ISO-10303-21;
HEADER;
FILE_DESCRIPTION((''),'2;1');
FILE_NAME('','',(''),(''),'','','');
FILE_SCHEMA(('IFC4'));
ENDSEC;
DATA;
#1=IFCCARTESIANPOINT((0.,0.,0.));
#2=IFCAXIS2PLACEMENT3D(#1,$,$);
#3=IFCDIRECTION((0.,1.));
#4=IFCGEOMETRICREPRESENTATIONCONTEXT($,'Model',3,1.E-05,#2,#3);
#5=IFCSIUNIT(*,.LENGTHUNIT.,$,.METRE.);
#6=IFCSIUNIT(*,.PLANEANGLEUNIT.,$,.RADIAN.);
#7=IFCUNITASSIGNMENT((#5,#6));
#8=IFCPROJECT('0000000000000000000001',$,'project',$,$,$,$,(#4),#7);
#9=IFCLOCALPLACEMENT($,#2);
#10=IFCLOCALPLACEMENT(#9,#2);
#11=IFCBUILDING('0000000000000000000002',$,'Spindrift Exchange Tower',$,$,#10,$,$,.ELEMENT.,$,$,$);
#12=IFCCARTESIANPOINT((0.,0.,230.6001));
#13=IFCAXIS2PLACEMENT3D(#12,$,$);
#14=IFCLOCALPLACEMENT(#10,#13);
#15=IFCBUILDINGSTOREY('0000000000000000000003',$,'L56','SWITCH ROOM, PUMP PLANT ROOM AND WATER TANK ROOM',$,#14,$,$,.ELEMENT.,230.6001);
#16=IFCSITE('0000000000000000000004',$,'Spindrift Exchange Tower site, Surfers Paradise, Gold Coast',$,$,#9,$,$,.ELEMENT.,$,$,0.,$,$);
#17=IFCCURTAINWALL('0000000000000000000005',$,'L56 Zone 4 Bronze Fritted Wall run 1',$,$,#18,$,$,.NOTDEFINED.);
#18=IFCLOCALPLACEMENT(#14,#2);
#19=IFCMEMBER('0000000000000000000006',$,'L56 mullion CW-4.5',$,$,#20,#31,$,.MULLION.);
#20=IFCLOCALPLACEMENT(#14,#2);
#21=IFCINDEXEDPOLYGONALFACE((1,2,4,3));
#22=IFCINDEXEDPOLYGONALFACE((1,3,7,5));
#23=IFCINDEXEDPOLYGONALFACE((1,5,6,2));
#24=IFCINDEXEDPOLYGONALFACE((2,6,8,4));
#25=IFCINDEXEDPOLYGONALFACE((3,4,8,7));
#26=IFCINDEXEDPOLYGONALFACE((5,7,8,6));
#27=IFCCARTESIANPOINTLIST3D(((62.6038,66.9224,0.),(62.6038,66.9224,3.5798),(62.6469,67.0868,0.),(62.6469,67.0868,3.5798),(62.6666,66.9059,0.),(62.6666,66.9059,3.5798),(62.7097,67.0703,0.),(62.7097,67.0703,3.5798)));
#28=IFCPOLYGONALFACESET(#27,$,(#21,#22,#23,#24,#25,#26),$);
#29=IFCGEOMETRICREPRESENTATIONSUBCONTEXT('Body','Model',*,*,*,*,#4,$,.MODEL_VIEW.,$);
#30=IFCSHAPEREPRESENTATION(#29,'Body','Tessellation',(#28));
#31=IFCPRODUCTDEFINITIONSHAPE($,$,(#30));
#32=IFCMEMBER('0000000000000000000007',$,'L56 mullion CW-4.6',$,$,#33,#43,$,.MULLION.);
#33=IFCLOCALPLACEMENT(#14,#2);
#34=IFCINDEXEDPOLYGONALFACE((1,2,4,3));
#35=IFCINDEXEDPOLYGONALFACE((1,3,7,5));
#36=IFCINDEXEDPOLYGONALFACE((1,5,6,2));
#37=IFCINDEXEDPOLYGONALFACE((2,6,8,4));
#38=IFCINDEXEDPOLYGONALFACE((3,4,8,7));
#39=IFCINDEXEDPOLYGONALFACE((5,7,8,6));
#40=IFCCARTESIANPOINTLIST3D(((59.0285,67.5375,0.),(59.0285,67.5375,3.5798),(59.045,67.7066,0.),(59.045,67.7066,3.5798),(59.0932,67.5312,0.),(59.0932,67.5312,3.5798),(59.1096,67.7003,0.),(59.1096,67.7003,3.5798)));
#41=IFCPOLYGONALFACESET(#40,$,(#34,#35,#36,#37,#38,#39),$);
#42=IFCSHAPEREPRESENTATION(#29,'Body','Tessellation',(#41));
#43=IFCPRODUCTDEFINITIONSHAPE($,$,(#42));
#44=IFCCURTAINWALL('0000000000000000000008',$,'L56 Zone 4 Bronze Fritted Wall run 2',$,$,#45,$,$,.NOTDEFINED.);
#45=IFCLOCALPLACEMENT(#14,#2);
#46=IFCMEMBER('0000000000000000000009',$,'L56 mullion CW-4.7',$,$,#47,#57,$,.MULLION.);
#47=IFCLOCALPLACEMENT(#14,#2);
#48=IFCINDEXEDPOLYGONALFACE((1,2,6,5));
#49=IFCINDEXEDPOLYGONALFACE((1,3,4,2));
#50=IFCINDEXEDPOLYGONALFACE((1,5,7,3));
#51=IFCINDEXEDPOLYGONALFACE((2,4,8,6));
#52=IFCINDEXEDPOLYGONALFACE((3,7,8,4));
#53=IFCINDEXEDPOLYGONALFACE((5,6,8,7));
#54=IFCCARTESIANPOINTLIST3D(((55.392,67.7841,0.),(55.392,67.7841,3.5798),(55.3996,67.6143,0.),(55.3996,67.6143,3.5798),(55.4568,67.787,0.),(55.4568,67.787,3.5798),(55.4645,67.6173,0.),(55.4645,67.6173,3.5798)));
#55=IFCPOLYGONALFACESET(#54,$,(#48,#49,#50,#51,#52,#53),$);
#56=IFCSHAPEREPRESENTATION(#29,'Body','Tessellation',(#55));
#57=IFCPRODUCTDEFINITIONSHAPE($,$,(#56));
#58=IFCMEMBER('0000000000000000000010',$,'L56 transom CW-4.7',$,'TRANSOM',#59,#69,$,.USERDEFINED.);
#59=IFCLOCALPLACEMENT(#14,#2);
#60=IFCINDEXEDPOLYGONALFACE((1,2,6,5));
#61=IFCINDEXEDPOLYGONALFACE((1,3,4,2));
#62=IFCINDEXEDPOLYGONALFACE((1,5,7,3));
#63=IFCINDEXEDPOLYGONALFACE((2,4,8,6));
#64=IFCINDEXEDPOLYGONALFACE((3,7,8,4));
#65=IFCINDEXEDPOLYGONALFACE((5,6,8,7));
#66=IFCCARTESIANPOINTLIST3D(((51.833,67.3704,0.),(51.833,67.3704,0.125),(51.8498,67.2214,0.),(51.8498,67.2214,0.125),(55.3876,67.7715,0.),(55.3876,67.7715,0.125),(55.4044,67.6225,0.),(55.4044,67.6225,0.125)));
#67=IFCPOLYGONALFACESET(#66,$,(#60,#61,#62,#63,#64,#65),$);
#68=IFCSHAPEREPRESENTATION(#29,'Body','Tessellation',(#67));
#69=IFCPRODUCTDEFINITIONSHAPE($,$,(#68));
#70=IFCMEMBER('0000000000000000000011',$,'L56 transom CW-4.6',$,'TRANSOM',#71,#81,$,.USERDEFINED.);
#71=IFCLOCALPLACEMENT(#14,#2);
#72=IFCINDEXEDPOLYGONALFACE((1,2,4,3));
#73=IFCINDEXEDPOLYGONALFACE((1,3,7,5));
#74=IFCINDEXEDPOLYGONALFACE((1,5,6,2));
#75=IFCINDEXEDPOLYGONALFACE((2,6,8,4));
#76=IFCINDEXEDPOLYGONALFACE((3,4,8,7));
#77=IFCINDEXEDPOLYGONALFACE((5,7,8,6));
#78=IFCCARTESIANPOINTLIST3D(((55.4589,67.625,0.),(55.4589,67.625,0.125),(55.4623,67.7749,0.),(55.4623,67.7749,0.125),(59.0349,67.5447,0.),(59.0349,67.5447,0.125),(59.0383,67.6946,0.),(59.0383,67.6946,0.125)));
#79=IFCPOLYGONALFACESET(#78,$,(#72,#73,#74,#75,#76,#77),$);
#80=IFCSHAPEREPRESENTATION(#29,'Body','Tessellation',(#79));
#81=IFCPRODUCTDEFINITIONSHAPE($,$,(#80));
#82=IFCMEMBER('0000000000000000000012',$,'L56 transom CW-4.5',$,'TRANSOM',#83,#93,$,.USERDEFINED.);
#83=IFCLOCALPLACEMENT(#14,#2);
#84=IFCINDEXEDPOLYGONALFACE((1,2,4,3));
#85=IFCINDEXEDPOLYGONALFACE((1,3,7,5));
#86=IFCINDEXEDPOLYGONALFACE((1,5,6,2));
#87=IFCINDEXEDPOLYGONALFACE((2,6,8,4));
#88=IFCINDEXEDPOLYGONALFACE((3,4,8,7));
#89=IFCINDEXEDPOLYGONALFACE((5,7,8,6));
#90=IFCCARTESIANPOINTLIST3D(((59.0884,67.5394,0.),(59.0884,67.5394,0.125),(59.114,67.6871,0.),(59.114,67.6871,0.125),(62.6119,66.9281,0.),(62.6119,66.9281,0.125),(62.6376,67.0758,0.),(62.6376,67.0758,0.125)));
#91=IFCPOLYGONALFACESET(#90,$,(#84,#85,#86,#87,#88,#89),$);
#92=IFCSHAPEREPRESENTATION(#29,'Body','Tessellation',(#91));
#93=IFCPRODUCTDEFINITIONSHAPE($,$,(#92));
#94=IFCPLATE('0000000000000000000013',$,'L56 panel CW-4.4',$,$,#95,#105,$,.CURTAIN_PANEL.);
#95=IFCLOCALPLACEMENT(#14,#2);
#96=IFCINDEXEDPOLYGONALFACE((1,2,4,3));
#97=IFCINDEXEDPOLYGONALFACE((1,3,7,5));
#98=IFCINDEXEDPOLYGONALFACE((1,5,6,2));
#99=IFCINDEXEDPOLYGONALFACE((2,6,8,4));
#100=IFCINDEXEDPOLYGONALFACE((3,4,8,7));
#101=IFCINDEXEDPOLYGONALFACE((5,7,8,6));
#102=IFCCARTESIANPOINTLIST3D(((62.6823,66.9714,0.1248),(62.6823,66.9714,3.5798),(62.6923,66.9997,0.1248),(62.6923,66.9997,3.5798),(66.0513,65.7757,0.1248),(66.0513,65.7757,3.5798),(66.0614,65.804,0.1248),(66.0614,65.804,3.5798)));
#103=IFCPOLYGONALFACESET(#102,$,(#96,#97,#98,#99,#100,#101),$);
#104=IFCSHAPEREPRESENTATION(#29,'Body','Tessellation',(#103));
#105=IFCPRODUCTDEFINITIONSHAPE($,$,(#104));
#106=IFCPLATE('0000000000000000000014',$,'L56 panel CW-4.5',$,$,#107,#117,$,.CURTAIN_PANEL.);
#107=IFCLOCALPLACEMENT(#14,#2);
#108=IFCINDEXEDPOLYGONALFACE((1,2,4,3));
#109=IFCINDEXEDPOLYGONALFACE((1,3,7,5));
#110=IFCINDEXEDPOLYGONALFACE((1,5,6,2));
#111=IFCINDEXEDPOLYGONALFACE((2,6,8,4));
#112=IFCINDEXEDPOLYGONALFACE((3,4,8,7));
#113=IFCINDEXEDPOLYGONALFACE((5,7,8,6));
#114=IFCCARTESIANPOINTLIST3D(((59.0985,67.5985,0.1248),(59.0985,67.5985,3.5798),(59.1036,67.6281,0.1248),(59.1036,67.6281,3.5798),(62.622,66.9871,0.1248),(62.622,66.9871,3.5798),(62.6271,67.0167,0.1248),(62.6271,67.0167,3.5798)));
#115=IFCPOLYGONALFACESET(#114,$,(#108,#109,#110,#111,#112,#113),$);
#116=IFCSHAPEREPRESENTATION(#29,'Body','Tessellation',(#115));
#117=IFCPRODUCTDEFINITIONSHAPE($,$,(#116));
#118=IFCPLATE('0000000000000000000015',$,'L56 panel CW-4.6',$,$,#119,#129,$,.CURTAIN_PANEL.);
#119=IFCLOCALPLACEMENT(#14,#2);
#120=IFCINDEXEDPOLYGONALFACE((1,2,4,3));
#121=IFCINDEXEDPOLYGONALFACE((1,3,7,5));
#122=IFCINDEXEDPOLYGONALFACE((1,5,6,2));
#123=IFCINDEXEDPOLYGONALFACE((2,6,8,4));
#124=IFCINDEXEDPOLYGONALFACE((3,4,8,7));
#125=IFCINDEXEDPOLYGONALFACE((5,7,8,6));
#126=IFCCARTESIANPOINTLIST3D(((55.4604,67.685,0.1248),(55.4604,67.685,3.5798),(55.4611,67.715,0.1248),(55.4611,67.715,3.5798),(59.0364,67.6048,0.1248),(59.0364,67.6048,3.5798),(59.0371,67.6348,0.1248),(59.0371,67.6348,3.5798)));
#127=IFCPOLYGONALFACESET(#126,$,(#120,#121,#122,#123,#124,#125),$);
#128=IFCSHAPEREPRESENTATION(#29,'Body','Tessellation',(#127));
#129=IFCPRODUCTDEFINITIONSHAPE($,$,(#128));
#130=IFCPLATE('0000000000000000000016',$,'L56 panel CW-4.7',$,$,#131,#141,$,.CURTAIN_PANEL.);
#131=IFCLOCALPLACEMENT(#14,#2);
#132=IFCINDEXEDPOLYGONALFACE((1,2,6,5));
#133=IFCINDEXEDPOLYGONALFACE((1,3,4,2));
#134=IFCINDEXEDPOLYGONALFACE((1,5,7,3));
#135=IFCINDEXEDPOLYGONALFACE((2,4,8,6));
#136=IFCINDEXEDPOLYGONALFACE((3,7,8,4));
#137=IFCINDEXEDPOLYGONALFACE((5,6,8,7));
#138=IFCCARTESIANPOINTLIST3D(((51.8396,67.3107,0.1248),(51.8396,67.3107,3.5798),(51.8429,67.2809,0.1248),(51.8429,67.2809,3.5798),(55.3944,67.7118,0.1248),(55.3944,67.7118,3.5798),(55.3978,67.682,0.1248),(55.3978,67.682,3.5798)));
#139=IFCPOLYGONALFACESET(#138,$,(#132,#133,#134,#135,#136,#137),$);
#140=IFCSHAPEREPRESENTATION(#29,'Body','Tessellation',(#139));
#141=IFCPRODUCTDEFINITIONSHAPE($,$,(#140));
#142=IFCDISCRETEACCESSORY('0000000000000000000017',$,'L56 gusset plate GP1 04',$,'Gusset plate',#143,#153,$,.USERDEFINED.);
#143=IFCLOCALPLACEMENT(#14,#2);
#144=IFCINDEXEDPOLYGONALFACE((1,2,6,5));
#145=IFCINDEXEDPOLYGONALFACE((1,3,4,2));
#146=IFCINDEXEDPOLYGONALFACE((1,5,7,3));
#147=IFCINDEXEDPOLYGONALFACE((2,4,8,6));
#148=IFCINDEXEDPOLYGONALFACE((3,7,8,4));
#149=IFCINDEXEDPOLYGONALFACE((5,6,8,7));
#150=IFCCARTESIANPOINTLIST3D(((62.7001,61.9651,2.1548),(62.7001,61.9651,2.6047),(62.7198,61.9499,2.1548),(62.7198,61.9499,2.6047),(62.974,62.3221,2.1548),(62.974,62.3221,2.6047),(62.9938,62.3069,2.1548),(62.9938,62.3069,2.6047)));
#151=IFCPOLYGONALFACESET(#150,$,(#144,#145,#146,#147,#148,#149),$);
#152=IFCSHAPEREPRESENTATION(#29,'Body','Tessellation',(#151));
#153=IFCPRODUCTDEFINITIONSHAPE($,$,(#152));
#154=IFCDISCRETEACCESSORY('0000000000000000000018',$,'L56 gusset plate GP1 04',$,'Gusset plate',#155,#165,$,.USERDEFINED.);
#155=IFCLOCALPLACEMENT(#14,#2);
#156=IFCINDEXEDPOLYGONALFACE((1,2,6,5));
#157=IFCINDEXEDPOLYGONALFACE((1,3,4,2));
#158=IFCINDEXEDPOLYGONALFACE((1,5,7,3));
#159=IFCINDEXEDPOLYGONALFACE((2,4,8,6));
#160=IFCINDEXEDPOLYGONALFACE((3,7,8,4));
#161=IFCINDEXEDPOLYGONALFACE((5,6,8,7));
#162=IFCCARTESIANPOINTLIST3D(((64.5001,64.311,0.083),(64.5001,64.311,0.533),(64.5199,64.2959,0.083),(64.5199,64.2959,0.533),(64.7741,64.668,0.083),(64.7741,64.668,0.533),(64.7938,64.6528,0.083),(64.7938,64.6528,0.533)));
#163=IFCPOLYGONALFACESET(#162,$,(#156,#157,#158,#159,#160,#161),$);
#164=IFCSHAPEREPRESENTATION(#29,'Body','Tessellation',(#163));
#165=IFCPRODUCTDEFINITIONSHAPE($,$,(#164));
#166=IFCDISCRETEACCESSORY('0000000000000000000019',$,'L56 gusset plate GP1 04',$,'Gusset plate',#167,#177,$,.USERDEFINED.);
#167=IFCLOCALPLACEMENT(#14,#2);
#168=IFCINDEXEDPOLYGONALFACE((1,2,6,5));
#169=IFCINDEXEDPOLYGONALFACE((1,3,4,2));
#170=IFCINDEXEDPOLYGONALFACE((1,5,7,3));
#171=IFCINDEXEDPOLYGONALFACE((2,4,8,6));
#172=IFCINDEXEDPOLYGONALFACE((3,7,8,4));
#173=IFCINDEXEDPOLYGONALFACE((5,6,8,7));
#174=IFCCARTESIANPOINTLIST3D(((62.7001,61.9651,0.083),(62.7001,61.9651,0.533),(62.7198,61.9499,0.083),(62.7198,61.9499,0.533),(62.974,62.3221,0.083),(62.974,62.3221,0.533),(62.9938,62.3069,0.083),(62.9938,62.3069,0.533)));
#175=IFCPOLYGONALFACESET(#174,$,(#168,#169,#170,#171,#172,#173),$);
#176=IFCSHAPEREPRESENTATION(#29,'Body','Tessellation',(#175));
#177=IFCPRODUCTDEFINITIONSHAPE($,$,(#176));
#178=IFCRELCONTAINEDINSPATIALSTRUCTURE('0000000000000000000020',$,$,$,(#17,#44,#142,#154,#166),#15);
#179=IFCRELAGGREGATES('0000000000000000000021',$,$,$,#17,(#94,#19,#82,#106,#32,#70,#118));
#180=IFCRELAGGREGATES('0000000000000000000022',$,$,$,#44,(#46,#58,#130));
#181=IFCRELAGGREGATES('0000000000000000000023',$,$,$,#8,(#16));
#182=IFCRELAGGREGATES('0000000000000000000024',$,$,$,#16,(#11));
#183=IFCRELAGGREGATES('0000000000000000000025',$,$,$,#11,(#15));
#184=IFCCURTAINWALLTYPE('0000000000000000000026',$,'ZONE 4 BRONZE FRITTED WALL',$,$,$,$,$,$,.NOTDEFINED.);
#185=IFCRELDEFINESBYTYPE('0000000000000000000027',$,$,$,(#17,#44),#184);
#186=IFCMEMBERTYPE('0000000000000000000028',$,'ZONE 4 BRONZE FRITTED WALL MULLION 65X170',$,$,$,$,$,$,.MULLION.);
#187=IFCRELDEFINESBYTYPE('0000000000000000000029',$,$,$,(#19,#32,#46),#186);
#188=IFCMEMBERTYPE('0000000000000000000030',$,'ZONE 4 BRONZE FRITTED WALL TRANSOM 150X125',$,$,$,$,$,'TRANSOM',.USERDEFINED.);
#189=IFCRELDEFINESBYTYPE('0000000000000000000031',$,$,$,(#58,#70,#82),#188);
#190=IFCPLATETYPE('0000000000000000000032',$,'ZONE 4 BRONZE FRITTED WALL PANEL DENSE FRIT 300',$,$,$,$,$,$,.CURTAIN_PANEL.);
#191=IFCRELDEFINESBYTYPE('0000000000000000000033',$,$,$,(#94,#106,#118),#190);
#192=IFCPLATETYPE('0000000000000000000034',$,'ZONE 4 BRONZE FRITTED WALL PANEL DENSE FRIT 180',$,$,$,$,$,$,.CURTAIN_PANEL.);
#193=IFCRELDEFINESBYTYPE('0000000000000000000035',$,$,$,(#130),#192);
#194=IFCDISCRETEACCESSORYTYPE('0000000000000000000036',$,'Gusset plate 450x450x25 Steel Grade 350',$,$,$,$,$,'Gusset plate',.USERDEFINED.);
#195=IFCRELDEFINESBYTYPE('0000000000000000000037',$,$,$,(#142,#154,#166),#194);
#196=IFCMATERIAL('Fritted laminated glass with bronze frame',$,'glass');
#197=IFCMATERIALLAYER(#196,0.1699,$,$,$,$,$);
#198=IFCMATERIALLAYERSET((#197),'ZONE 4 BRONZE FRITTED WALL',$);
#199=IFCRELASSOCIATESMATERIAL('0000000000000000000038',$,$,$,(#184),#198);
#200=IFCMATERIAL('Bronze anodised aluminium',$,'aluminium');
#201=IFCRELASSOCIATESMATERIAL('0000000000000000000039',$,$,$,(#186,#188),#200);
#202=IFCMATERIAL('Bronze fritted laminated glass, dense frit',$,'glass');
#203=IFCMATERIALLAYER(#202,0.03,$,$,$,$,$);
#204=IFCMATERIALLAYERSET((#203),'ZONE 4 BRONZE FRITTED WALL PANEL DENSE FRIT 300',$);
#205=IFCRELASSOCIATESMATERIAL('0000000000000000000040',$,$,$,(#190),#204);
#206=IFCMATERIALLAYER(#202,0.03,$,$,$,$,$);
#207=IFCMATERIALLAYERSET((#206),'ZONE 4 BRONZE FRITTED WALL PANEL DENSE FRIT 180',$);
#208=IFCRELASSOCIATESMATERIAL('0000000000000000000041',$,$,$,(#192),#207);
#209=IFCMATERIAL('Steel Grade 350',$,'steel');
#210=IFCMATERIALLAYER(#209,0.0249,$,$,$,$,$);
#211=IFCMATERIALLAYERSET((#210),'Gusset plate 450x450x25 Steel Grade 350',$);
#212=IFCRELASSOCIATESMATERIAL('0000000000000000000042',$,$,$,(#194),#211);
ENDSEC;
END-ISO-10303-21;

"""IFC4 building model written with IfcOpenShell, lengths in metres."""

from ifc_helpers import new_model, si_unit, direction, frame, origin, origin_2d, place, context, subcontext, project, spatial, rectangle, extrude, source, transform, mapped, material, layer, layer_set, material_profile, profile_set, type_object, element, aggregate, save


model = new_model("IFC4")

# Units and contexts
model_context = context("Model", 3, precision=1e-05, world=origin(), true_north=direction((0.0, 1.0)))
body_context = subcontext(model_context, "Body", "Model", "MODEL_VIEW")
ifc_project = project(units=[si_unit("LENGTHUNIT", "METRE"), si_unit("PLANEANGLEUNIT", "RADIAN")], contexts=[model_context])

# Site, building, storey
site_placement = place(None, origin())
site = spatial("IfcSite", under=ifc_project, at=site_placement, Name="Spindrift Exchange Tower site, Surfers Paradise, Gold Coast", CompositionType="ELEMENT", RefElevation=0.0)
building_placement = place(site_placement, origin())
building = spatial("IfcBuilding", under=site, at=building_placement, Name="Spindrift Exchange Tower", CompositionType="ELEMENT")
storey_placement = place(building_placement, frame((0.0, 0.0, 230.6001)))
storey = spatial("IfcBuildingStorey", under=building, at=storey_placement, Name="L56", Description="SWITCH ROOM, PUMP PLANT ROOM AND WATER TANK ROOM", CompositionType="ELEMENT", Elevation=230.6001)

# Shared definitions
ifc_material_1 = material(Name="Steel Grade 350", Category="steel")

# Curtain walls, members
ifc_material_2 = material(Name="Fritted laminated glass with bronze frame", Category="glass")
ifc_layer_1 = layer(ifc_material_2, 0.1699)
ifc_layer_set_1 = layer_set([ifc_layer_1], Name="ZONE 4 BRONZE FRITTED WALL")
curtain_wall_type = type_object("IfcCurtainWallType", Name="ZONE 4 BRONZE FRITTED WALL", PredefinedType="NOTDEFINED", material=ifc_layer_set_1)
curtain_wall_1_placement = place(storey_placement, origin())
curtain_wall_1 = element("IfcCurtainWall", 1, at=curtain_wall_1_placement, inside=storey, type_object=curtain_wall_type, Name="L56 Zone 4 Bronze Fritted Wall run 1", PredefinedType="NOTDEFINED")
ifc_material_3 = material(Name="Bronze anodised aluminium", Category="aluminium")
ifc_material_profile_1 = material_profile(ifc_material_3, rectangle(XDim=0.0649, YDim=0.1699, at=origin_2d()), Name="ZONE 4 BRONZE FRITTED WALL MULLION 65X170")
ifc_profile_set_1 = profile_set([ifc_material_profile_1], Name="Bronze anodised aluminium")
member_type_1 = type_object("IfcMemberType", Name="ZONE 4 BRONZE FRITTED WALL MULLION 65X170", PredefinedType="MULLION", material=ifc_profile_set_1)
shared_shape_1 = source(origin(), body_context, "Body", "SweptSolid", [
    extrude(rectangle(XDim=0.0649, YDim=0.1699, at=origin_2d()), origin(), (0.0, 0.0, 1.0), 3.5798),
])
member_1_placement = place(storey_placement, frame((62.6567, 66.9963, 0.0), z_axis=(0.0, 0.0, 1.0), x_axis=(-0.9673, 0.253635, 0.0)))
member_1 = element("IfcMember", 2, at=member_1_placement, type_object=member_type_1, Name="L56 mullion CW-4.5", PredefinedType="MULLION", context=body_context, shape_type="MappedRepresentation", body=[
    mapped(shared_shape_1, transform((0.0, 0.0, 0.0), scale=1.0)),
])
member_2_placement = place(storey_placement, frame((59.0691, 67.6189, 0.0), z_axis=(0.0, 0.0, 1.0), x_axis=(-0.995287, 0.096969, 0.0)))
member_2 = element("IfcMember", 3, at=member_2_placement, type_object=member_type_1, Name="L56 mullion CW-4.6", PredefinedType="MULLION", context=body_context, shape_type="MappedRepresentation", body=[
    mapped(shared_shape_1, transform((0.0, 0.0, 0.0), scale=1.0)),
])
curtain_wall_2_placement = place(storey_placement, origin())
curtain_wall_2 = element("IfcCurtainWall", 4, at=curtain_wall_2_placement, inside=storey, type_object=curtain_wall_type, Name="L56 Zone 4 Bronze Fritted Wall run 2", PredefinedType="NOTDEFINED")
member_3_placement = place(storey_placement, frame((55.4282, 67.7007, 0.0), z_axis=(0.0, 0.0, 1.0), x_axis=(-0.998989, -0.044948, 0.0)))
member_3 = element("IfcMember", 5, at=member_3_placement, type_object=member_type_1, Name="L56 mullion CW-4.7", PredefinedType="MULLION", context=body_context, shape_type="MappedRepresentation", body=[
    mapped(shared_shape_1, transform((0.0, 0.0, 0.0), scale=1.0)),
])
ifc_material_profile_2 = material_profile(ifc_material_3, rectangle(XDim=0.1499, YDim=0.125, at=origin_2d()), Name="ZONE 4 BRONZE FRITTED WALL TRANSOM 150X125")
ifc_profile_set_2 = profile_set([ifc_material_profile_2], Name="Bronze anodised aluminium")
member_type_2 = type_object("IfcMemberType", Name="ZONE 4 BRONZE FRITTED WALL TRANSOM 150X125", ElementType="TRANSOM", PredefinedType="USERDEFINED", material=ifc_profile_set_2)
shared_shape_2 = source(origin(), body_context, "Body", "SweptSolid", [
    extrude(rectangle(XDim=0.1499, YDim=0.125, at=origin_2d()), origin(), (0.0, 0.0, 1.0), 3.5771),
])
member_4_placement = place(storey_placement, frame((55.396, 67.697, 0.0625), z_axis=(-0.993693, -0.112132, 0.0), x_axis=(0.112132, -0.993693, 0.0)))
member_4 = element("IfcMember", 6, at=member_4_placement, type_object=member_type_2, Name="L56 transom CW-4.7", ObjectType="TRANSOM", PredefinedType="USERDEFINED", context=body_context, shape_type="MappedRepresentation", body=[
    mapped(shared_shape_2, transform((0.0, 0.0, 0.0), scale=1.0)),
])

# Members
shared_shape_3 = source(origin(), body_context, "Body", "SweptSolid", [
    extrude(rectangle(XDim=0.1499, YDim=0.125, at=origin_2d()), origin(), (0.0, 0.0, 1.0), 3.5769),
])
member_5_placement = place(storey_placement, frame((59.0366, 67.6196, 0.0625), z_axis=(-0.999748, 0.022456, 0.0), x_axis=(-0.022456, -0.999748, 0.0)))
member_5 = element("IfcMember", 7, at=member_5_placement, type_object=member_type_2, Name="L56 transom CW-4.6", ObjectType="TRANSOM", PredefinedType="USERDEFINED", context=body_context, shape_type="MappedRepresentation", body=[
    mapped(shared_shape_3, transform((0.0, 0.0, 0.0), scale=1.0)),
])
shared_shape_4 = source(origin(), body_context, "Body", "SweptSolid", [
    extrude(rectangle(XDim=0.1499, YDim=0.125, at=origin_2d()), origin(), (0.0, 0.0, 1.0), 3.5762),
])
member_6_placement = place(storey_placement, frame((62.6248, 67.002, 0.0625), z_axis=(-0.98528, 0.170949, 0.0), x_axis=(-0.170949, -0.98528, 0.0)))
member_6 = element("IfcMember", 8, at=member_6_placement, type_object=member_type_2, Name="L56 transom CW-4.5", ObjectType="TRANSOM", PredefinedType="USERDEFINED", context=body_context, shape_type="MappedRepresentation", body=[
    mapped(shared_shape_4, transform((0.0, 0.0, 0.0), scale=1.0)),
])

# Plates
ifc_material_4 = material(Name="Bronze fritted laminated glass, dense frit", Category="glass")
ifc_layer_2 = layer(ifc_material_4, 0.03)
ifc_layer_set_2 = layer_set([ifc_layer_2], Name="ZONE 4 BRONZE FRITTED WALL PANEL DENSE FRIT 300")
plate_type_1 = type_object("IfcPlateType", Name="ZONE 4 BRONZE FRITTED WALL PANEL DENSE FRIT 300", PredefinedType="CURTAIN_PANEL", material=ifc_layer_set_2)
shared_shape_5 = source(origin(), body_context, "Body", "SweptSolid", [
    extrude(rectangle(XDim=3.575, YDim=0.03, at=origin_2d()), origin(), (0.0, 0.0, 1.0), 3.4551),
])
plate_1_placement = place(storey_placement, frame((64.3718, 66.3877, 0.1248), z_axis=(0.0, 0.0, 1.0), x_axis=(-0.942399, 0.334491, 0.0)))
plate_1 = element("IfcPlate", 9, at=plate_1_placement, type_object=plate_type_1, Name="L56 panel CW-4.4", PredefinedType="CURTAIN_PANEL", context=body_context, shape_type="MappedRepresentation", body=[
    mapped(shared_shape_5, transform((0.0, 0.0, 0.0), scale=1.0)),
])
shared_shape_6 = source(origin(), body_context, "Body", "SweptSolid", [
    extrude(rectangle(XDim=3.5762, YDim=0.03, at=origin_2d()), origin(), (0.0, 0.0, 1.0), 3.4551),
])
plate_2_placement = place(storey_placement, frame((60.8628, 67.3076, 0.1248), z_axis=(0.0, 0.0, 1.0), x_axis=(-0.985277, 0.170964, 0.0)))
plate_2 = element("IfcPlate", 10, at=plate_2_placement, type_object=plate_type_1, Name="L56 panel CW-4.5", PredefinedType="CURTAIN_PANEL", context=body_context, shape_type="MappedRepresentation", body=[
    mapped(shared_shape_6, transform((0.0, 0.0, 0.0), scale=1.0)),
])
shared_shape_7 = source(origin(), body_context, "Body", "SweptSolid", [
    extrude(rectangle(XDim=3.5769, YDim=0.03, at=origin_2d()), origin(), (0.0, 0.0, 1.0), 3.4551),
])
plate_3_placement = place(storey_placement, frame((57.2488, 67.6599, 0.1248), z_axis=(0.0, 0.0, 1.0), x_axis=(-0.999748, 0.022434, 0.0)))
plate_3 = element("IfcPlate", 11, at=plate_3_placement, type_object=plate_type_1, Name="L56 panel CW-4.6", PredefinedType="CURTAIN_PANEL", context=body_context, shape_type="MappedRepresentation", body=[
    mapped(shared_shape_7, transform((0.0, 0.0, 0.0), scale=1.0)),
])
aggregate(curtain_wall_1, [plate_1, member_1, member_6, plate_2, member_2, member_5, plate_3])
ifc_layer_3 = layer(ifc_material_4, 0.03)
ifc_layer_set_3 = layer_set([ifc_layer_3], Name="ZONE 4 BRONZE FRITTED WALL PANEL DENSE FRIT 180")
plate_type_2 = type_object("IfcPlateType", Name="ZONE 4 BRONZE FRITTED WALL PANEL DENSE FRIT 180", PredefinedType="CURTAIN_PANEL", material=ifc_layer_set_3)
shared_shape_8 = source(origin(), body_context, "Body", "SweptSolid", [
    extrude(rectangle(XDim=3.5774, YDim=0.03, at=origin_2d()), origin(), (0.0, 0.0, 1.0), 3.4551),
])
plate_4_placement = place(storey_placement, frame((53.6187, 67.4963, 0.1248), z_axis=(0.0, 0.0, 1.0), x_axis=(-0.993694, -0.112125, 0.0)))
plate_4 = element("IfcPlate", 12, at=plate_4_placement, type_object=plate_type_2, Name="L56 panel CW-4.7", PredefinedType="CURTAIN_PANEL", context=body_context, shape_type="MappedRepresentation", body=[
    mapped(shared_shape_8, transform((0.0, 0.0, 0.0), scale=1.0)),
])
aggregate(curtain_wall_2, [member_3, member_4, plate_4])

# Discrete accessories
ifc_layer_4 = layer(ifc_material_1, 0.0249)
ifc_layer_set_4 = layer_set([ifc_layer_4], Name="Gusset plate 450x450x25 Steel Grade 350")
discrete_accessory_type_1 = type_object("IfcDiscreteAccessoryType", Name="Gusset plate 450x450x25 Steel Grade 350", ElementType="Gusset plate", PredefinedType="USERDEFINED", material=ifc_layer_set_4)
shared_shape_9 = source(origin(), body_context, "Body", "SweptSolid", [
    extrude(rectangle(XDim=0.45, YDim=0.0249, at=origin_2d()), origin(), (0.0, 0.0, 1.0), 0.45),
])
for number, where, z_axis, x_axis, name in (
    (13, (62.8469, 62.136, 2.1548), (0.0, 0.0, 1.0), (0.608767, 0.793349, 0.0), "L56 gusset plate GP1 04"),
    (14, (64.647, 64.4819, 0.083), (0.0, 0.0, 1.0), (0.608767, 0.793349, 0.0), "L56 gusset plate GP1 04"),
    (15, (62.8469, 62.136, 0.083), (0.0, 0.0, 1.0), (0.608761, 0.793353, 0.0), "L56 gusset plate GP1 04"),
):
    element("IfcDiscreteAccessory", number, at=place(storey_placement, frame(where, z_axis=z_axis, x_axis=x_axis)), inside=storey, type_object=discrete_accessory_type_1, Name=name, ObjectType="Gusset plate", PredefinedType="USERDEFINED", context=body_context, shape_type="MappedRepresentation", body=[
        mapped(shared_shape_9, transform((0.0, 0.0, 0.0), scale=1.0)),
    ])

save(model, "model.ifc")
